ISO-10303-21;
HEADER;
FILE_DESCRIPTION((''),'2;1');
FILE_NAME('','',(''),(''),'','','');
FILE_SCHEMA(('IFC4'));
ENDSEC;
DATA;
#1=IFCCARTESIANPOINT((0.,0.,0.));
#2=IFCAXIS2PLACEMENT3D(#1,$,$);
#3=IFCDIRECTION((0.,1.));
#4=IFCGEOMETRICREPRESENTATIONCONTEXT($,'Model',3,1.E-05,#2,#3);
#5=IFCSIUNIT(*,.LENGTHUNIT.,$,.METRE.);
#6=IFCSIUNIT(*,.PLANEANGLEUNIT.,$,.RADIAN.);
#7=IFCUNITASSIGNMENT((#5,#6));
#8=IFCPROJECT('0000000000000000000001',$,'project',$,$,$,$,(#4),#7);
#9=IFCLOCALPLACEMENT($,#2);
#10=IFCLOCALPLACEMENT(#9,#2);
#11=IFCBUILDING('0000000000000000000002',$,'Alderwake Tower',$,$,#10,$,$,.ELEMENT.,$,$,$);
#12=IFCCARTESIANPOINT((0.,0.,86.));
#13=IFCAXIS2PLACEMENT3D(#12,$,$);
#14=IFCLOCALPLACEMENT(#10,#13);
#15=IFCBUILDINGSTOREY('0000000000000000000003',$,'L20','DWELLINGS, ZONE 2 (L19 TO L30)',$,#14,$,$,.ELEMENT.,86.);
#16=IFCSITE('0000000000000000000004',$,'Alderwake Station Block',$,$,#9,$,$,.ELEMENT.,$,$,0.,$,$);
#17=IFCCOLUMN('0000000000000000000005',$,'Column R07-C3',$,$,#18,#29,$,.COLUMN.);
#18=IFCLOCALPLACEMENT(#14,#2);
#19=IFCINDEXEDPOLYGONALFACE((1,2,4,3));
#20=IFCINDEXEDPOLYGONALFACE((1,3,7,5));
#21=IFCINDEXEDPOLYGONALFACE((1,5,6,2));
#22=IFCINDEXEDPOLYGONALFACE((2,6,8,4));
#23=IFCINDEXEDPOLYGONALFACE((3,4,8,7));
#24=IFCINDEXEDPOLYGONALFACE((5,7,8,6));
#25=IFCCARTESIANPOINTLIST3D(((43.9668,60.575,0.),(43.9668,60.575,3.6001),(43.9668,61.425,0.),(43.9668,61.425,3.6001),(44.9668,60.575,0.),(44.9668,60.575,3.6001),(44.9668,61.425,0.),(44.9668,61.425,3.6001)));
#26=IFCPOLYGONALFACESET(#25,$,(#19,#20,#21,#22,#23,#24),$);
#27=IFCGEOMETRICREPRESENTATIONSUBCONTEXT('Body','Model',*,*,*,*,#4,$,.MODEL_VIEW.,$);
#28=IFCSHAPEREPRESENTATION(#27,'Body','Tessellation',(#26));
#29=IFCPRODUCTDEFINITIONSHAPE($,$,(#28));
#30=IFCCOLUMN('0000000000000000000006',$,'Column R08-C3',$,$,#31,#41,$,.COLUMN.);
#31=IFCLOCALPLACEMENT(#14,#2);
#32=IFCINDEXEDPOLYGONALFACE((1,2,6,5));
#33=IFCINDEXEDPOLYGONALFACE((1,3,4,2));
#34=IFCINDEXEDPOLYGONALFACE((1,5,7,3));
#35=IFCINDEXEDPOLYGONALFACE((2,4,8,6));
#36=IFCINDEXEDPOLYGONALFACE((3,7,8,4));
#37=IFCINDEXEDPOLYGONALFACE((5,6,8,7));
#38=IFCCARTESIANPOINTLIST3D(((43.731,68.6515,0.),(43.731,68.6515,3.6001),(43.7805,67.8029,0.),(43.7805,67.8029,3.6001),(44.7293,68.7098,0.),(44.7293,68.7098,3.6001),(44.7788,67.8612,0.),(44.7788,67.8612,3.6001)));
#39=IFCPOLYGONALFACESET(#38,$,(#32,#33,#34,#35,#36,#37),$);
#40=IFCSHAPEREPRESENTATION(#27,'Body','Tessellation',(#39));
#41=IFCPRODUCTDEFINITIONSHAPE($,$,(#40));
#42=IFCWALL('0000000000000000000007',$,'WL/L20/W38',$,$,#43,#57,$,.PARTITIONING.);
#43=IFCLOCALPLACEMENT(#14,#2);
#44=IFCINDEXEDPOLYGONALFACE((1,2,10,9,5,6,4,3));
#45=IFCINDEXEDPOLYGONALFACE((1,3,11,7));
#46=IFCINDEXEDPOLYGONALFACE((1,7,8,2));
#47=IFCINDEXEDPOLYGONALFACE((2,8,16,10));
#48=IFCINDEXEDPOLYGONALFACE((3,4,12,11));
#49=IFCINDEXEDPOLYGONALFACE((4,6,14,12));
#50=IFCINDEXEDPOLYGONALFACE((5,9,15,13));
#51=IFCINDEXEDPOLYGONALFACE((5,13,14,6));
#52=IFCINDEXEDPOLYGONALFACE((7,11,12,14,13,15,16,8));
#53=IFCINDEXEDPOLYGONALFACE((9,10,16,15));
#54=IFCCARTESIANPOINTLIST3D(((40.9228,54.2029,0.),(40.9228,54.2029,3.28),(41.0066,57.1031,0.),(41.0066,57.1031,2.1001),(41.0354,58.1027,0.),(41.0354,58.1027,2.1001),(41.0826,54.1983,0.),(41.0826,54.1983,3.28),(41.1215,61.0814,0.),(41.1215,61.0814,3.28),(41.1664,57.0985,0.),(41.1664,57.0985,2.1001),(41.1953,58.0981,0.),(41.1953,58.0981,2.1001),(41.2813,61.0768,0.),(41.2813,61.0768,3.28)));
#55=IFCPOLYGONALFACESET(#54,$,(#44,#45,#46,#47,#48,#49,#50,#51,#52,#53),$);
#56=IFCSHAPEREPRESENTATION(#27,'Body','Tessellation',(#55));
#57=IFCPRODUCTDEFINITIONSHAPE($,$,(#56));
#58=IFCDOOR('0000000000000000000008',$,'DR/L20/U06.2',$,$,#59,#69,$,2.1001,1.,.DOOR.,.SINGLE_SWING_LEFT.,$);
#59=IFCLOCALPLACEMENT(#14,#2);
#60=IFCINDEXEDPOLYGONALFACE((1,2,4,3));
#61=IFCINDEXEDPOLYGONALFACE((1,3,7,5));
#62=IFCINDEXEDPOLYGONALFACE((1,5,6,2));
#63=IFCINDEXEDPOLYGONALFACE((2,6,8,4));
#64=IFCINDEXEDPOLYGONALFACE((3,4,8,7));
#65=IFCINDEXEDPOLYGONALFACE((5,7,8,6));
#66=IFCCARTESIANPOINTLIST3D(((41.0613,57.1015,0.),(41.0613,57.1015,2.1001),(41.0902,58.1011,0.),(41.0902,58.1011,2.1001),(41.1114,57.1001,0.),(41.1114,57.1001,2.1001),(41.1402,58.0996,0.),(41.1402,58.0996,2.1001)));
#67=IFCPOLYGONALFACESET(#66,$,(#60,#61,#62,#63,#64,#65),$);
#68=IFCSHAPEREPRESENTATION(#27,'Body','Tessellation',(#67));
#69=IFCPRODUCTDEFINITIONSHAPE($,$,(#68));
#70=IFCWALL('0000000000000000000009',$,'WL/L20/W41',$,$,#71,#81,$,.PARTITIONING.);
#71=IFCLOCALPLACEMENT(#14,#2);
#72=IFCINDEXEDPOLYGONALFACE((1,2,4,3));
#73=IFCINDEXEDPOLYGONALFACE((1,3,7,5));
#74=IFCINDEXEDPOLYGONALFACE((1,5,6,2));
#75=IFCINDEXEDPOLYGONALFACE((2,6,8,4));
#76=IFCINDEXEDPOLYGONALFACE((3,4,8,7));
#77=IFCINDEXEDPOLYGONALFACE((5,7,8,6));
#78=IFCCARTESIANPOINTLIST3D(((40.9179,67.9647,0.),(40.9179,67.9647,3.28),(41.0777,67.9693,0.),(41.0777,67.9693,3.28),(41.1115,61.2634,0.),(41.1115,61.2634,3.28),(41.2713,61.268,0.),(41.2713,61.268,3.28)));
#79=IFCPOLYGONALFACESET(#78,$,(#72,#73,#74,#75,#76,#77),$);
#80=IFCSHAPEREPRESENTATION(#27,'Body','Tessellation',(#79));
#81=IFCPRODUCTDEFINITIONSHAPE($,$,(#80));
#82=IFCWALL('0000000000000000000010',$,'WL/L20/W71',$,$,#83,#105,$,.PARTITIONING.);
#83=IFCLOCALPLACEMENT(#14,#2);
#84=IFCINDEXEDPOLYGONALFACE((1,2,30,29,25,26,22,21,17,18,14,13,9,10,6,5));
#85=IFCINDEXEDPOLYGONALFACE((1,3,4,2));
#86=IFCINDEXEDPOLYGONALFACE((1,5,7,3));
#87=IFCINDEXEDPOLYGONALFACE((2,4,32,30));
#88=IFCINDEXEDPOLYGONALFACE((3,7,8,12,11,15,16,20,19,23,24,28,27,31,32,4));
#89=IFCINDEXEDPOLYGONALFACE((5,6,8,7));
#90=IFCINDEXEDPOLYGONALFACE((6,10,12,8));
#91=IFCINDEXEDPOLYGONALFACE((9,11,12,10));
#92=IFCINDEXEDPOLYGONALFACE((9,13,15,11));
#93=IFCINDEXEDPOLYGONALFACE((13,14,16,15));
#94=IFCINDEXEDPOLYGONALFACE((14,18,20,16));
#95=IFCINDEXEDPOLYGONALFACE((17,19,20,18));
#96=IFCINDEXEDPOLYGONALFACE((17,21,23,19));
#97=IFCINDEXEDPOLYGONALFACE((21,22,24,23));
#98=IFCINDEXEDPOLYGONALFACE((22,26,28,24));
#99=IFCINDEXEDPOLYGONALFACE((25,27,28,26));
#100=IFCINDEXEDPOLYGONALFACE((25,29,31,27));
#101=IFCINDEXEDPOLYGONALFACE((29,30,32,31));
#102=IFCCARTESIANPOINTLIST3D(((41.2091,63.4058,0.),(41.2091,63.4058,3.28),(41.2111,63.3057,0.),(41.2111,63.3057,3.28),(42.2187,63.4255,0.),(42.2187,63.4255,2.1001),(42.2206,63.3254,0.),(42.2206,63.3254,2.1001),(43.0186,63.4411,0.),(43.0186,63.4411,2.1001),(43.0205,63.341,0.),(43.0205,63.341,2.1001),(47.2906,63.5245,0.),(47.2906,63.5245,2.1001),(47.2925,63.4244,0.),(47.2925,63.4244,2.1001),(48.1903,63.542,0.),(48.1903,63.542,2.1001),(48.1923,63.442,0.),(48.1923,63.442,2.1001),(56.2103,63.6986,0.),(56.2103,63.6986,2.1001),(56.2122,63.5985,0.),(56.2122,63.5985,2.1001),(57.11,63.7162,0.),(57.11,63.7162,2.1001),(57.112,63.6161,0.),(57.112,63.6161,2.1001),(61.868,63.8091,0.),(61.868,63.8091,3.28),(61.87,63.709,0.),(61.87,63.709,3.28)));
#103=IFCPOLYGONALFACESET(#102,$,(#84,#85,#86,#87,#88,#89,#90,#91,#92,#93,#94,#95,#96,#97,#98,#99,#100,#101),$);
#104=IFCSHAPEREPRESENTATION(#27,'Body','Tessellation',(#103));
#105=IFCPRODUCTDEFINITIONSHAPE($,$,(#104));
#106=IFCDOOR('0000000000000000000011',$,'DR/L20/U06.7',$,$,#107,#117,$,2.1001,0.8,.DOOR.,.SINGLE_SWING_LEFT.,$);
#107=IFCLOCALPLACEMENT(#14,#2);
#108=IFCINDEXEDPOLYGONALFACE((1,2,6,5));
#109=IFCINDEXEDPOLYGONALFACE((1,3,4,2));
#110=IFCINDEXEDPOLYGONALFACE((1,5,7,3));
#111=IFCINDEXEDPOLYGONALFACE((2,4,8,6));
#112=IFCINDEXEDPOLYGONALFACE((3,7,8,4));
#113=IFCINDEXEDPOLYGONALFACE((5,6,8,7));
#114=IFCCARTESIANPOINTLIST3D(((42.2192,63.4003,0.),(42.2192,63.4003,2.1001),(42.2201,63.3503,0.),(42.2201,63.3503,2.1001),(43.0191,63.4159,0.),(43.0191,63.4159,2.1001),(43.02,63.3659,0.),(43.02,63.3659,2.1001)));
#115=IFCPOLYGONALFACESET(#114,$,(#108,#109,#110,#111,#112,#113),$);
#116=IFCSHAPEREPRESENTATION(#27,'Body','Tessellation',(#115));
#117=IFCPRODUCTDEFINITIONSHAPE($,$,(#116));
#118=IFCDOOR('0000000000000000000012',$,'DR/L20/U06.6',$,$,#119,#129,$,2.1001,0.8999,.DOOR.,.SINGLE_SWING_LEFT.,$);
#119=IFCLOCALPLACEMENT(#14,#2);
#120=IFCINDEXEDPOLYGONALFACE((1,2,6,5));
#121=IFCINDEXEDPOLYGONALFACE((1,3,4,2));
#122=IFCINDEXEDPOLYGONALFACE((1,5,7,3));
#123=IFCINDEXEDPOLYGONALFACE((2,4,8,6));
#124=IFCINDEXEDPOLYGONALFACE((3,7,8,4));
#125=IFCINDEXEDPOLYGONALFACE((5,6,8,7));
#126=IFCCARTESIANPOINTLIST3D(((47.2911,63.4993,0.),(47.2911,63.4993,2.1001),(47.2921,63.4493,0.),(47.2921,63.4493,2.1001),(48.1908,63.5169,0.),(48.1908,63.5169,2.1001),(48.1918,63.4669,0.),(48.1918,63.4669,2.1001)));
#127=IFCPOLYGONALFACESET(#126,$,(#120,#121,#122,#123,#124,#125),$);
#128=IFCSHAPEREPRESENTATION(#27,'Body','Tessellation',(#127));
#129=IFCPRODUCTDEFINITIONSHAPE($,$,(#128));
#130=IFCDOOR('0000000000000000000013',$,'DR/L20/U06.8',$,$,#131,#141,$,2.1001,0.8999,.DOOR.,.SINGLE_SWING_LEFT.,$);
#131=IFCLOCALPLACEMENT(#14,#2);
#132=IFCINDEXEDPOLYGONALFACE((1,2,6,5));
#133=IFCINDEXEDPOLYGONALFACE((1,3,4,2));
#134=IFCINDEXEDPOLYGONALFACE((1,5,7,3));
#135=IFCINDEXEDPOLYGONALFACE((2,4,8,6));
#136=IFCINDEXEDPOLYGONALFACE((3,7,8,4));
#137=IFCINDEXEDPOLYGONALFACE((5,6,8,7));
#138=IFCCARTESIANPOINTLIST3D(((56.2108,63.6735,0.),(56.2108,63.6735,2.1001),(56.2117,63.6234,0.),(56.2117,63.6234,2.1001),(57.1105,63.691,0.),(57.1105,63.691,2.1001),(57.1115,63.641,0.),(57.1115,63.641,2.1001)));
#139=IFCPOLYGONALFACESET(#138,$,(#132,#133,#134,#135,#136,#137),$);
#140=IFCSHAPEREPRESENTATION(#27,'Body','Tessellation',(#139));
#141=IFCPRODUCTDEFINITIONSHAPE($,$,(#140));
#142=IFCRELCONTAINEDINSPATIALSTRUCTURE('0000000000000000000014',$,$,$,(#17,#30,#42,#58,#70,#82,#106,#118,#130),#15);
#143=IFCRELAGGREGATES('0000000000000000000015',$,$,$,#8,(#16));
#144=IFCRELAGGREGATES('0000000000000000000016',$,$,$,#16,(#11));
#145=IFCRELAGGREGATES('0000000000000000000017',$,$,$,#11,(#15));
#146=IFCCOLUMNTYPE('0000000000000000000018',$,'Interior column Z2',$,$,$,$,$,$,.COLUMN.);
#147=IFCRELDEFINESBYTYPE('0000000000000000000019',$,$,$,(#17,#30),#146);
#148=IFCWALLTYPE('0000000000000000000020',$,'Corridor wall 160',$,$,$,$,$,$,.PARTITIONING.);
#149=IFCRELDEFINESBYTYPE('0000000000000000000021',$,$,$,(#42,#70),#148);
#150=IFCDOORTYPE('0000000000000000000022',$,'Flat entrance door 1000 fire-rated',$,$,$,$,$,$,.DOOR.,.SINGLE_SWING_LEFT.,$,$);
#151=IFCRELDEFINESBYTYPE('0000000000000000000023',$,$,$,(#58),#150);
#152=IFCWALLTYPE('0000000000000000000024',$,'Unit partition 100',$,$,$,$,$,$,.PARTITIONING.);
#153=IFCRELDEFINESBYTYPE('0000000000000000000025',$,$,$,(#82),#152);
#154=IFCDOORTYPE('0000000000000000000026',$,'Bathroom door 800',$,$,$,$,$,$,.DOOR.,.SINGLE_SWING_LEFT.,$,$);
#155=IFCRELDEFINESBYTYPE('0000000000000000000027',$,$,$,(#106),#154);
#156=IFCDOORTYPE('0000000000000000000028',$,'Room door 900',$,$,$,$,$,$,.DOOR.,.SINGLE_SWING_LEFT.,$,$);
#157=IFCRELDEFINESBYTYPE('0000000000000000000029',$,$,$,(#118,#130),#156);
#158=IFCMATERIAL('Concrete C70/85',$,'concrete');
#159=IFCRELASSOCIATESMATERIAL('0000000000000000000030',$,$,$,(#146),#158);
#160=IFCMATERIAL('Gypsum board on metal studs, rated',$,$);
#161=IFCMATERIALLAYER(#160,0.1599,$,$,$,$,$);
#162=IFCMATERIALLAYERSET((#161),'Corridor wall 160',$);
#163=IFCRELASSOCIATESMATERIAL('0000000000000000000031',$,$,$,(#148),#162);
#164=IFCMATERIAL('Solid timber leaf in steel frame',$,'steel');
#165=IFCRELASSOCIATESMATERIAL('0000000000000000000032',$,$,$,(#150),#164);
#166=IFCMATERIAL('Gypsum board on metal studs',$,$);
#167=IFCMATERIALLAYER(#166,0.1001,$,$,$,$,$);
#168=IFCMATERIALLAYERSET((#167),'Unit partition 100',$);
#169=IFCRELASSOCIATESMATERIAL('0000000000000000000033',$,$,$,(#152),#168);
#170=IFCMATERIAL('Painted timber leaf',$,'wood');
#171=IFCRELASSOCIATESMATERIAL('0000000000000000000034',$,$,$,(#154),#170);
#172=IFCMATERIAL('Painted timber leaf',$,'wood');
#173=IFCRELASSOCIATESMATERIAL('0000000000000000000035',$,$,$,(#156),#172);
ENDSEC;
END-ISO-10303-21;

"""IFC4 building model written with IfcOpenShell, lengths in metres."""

from ifc_helpers import new_model, si_unit, direction, frame, frame_2d, origin, origin_2d, place, context, subcontext, project, spatial, rectangle, extrude, material, layer, layer_set, material_profile, profile_set, type_object, element, fill, save


model = new_model("IFC4")

# Units and contexts
model_context = context("Model", 3, precision=1e-05, world=origin(), true_north=direction((0.0, 1.0)))
body_context = subcontext(model_context, "Body", "Model", "MODEL_VIEW")
ifc_project = project(units=[si_unit("LENGTHUNIT", "METRE"), si_unit("PLANEANGLEUNIT", "RADIAN")], contexts=[model_context])

# Site, building, storey
site_placement = place(None, origin())
site = spatial("IfcSite", under=ifc_project, at=site_placement, Name="Alderwake Station Block", CompositionType="ELEMENT", RefElevation=0.0)
building_placement = place(site_placement, origin())
building = spatial("IfcBuilding", under=site, at=building_placement, Name="Alderwake Tower", CompositionType="ELEMENT")
storey_placement = place(building_placement, frame((0.0, 0.0, 86.0)))
storey = spatial("IfcBuildingStorey", under=building, at=storey_placement, Name="L20", Description="DWELLINGS, ZONE 2 (L19 TO L30)", CompositionType="ELEMENT", Elevation=86.0)

# Columns
ifc_material_1 = material(Name="Concrete C70/85", Category="concrete")
ifc_material_profile = material_profile(ifc_material_1, rectangle(XDim=0.8501, YDim=1.0, at=origin_2d()), Name="RC 1000X850")
ifc_profile_set = profile_set([ifc_material_profile], Name="Concrete C70/85")
column_type = type_object("IfcColumnType", Name="Interior column Z2", PredefinedType="COLUMN", material=ifc_profile_set)
for number, where, z_axis, x_axis, name in (
    (1, (44.4668, 61.0, 0.0), (0.0, 0.0, 1.0), (0.0, 1.0, 0.0), "Column R07-C3"),
    (2, (44.2549, 68.2563, 0.0), (0.0, 0.0, 1.0), (-0.058299, 0.998299, 0.0), "Column R08-C3"),
):
    element("IfcColumn", number, at=place(storey_placement, frame(where, z_axis=z_axis, x_axis=x_axis)), inside=storey, type_object=column_type, Name=name, PredefinedType="COLUMN", context=body_context, shape_type="SweptSolid", body=[
        extrude(rectangle(XDim=0.8501, YDim=1.0, at=origin_2d()), origin(), (0.0, 0.0, 1.0), 3.6001),
    ])

# Wall, opening, door
ifc_material_2 = material(Name="Gypsum board on metal studs, rated")
ifc_layer_1 = layer(ifc_material_2, 0.1599)
ifc_layer_set_1 = layer_set([ifc_layer_1], Name="Corridor wall 160")
wall_type_1 = type_object("IfcWallType", Name="Corridor wall 160", PredefinedType="PARTITIONING", material=ifc_layer_set_1)
wall_1_placement = place(storey_placement, frame((41.2014, 61.0791, 0.0), z_axis=(0.0, 0.0, 1.0), x_axis=(-0.02888, -0.999583, 0.0)))
wall_1 = element("IfcWall", 3, at=wall_1_placement, inside=storey, type_object=wall_type_1, Name="WL/L20/W38", PredefinedType="PARTITIONING", context=body_context, shape_type="SweptSolid", body=[
    extrude(rectangle(XDim=6.8813, YDim=0.1599, at=frame_2d((3.4407, 0.0))), origin(), (0.0, 0.0, 1.0), 3.28),
])
opening_1_placement = place(wall_1_placement, frame((2.98, 0.0, 0.0)))
opening_1 = element("IfcOpeningElement", 4, at=opening_1_placement, cuts=wall_1, PredefinedType="OPENING", context=body_context, shape_type="SweptSolid", body=[
    extrude(rectangle(XDim=1.0, YDim=2.1001, at=frame_2d((0.5, 1.05))), frame((0.0, 0.0898, 0.0), z_axis=(0.0, -1.0, 0.0), x_axis=(1.0, 0.0, 0.0)), (0.0, 0.0, 1.0), 0.1799),
])
ifc_material_3 = material(Name="Solid timber leaf in steel frame", Category="steel")
door_type_1 = type_object("IfcDoorType", Name="Flat entrance door 1000 fire-rated", OperationType="SINGLE_SWING_LEFT", PredefinedType="DOOR", material=ifc_material_3)
door_1_placement = place(opening_1_placement, origin())
door_1 = element("IfcDoor", 5, at=door_1_placement, inside=storey, type_object=door_type_1, Name="DR/L20/U06.2", OperationType="SINGLE_SWING_LEFT", OverallHeight=2.1001, OverallWidth=1.0, PredefinedType="DOOR", context=body_context, shape_type="SweptSolid", body=[
    extrude(rectangle(XDim=1.0, YDim=2.1001, at=frame_2d((0.5, 1.05))), frame((0.0, 0.0249, 0.0), z_axis=(0.0, -1.0, 0.0), x_axis=(1.0, 0.0, 0.0)), (0.0, 0.0, 1.0), 0.05),
])
fill(opening_1, door_1)

# Wall
wall_2_placement = place(storey_placement, frame((40.9978, 67.967, 0.0), z_axis=(0.0, 0.0, 1.0), x_axis=(0.028878, -0.999583, 0.0)))
element("IfcWall", 6, at=wall_2_placement, inside=storey, type_object=wall_type_1, Name="WL/L20/W41", PredefinedType="PARTITIONING", context=body_context, shape_type="SweptSolid", body=[
    extrude(rectangle(XDim=6.7041, YDim=0.1599, at=frame_2d((3.3521, 0.0))), origin(), (0.0, 0.0, 1.0), 3.28),
])

# Wall, openings, doors
ifc_material_4 = material(Name="Gypsum board on metal studs")
ifc_layer_2 = layer(ifc_material_4, 0.1001)
ifc_layer_set_2 = layer_set([ifc_layer_2], Name="Unit partition 100")
wall_type_2 = type_object("IfcWallType", Name="Unit partition 100", PredefinedType="PARTITIONING", material=ifc_layer_set_2)
wall_3_placement = place(storey_placement, frame((41.21, 63.3557, 0.0), z_axis=(0.0, 0.0, 1.0), x_axis=(0.999809, 0.019519, 0.0)))
wall_3 = element("IfcWall", 7, at=wall_3_placement, inside=storey, type_object=wall_type_2, Name="WL/L20/W71", PredefinedType="PARTITIONING", context=body_context, shape_type="SweptSolid", body=[
    extrude(rectangle(XDim=20.6628, YDim=0.1001, at=frame_2d((10.3315, 0.0))), origin(), (0.0, 0.0, 1.0), 3.28),
])
opening_2_placement = place(wall_3_placement, frame((6.0828, 0.0, 0.0)))
opening_2 = element("IfcOpeningElement", 8, at=opening_2_placement, cuts=wall_3, PredefinedType="OPENING", context=body_context, shape_type="SweptSolid", body=[
    extrude(rectangle(XDim=0.8999, YDim=2.1001, at=frame_2d((0.45, 1.05))), frame((0.0, 0.0601, 0.0), z_axis=(0.0, -1.0, 0.0), x_axis=(1.0, 0.0, 0.0)), (0.0, 0.0, 1.0), 0.1201),
])
opening_3_placement = place(wall_3_placement, frame((1.01, 0.0, 0.0)))
opening_3 = element("IfcOpeningElement", 9, at=opening_3_placement, cuts=wall_3, PredefinedType="OPENING", context=body_context, shape_type="SweptSolid", body=[
    extrude(rectangle(XDim=0.8, YDim=2.1001, at=frame_2d((0.3999, 1.05))), frame((0.0, 0.0601, 0.0), z_axis=(0.0, -1.0, 0.0), x_axis=(1.0, 0.0, 0.0)), (0.0, 0.0, 1.0), 0.1201),
])
opening_4_placement = place(wall_3_placement, frame((15.0042, 0.0, 0.0)))
opening_4 = element("IfcOpeningElement", 10, at=opening_4_placement, cuts=wall_3, PredefinedType="OPENING", context=body_context, shape_type="SweptSolid", body=[
    extrude(rectangle(XDim=0.8999, YDim=2.1001, at=frame_2d((0.45, 1.05))), frame((0.0, 0.0601, 0.0), z_axis=(0.0, -1.0, 0.0), x_axis=(1.0, 0.0, 0.0)), (0.0, 0.0, 1.0), 0.1201),
])
ifc_material_5 = material(Name="Painted timber leaf", Category="wood")
door_type_2 = type_object("IfcDoorType", Name="Bathroom door 800", OperationType="SINGLE_SWING_LEFT", PredefinedType="DOOR", material=ifc_material_5)
door_2_placement = place(opening_3_placement, origin())
door_2 = element("IfcDoor", 11, at=door_2_placement, inside=storey, type_object=door_type_2, Name="DR/L20/U06.7", OperationType="SINGLE_SWING_LEFT", OverallHeight=2.1001, OverallWidth=0.8, PredefinedType="DOOR", context=body_context, shape_type="SweptSolid", body=[
    extrude(rectangle(XDim=0.8, YDim=2.1001, at=frame_2d((0.3999, 1.05))), frame((0.0, 0.0249, 0.0), z_axis=(0.0, -1.0, 0.0), x_axis=(1.0, 0.0, 0.0)), (0.0, 0.0, 1.0), 0.05),
])
fill(opening_3, door_2)
ifc_material_6 = material(Name="Painted timber leaf", Category="wood")
door_type_3 = type_object("IfcDoorType", Name="Room door 900", OperationType="SINGLE_SWING_LEFT", PredefinedType="DOOR", material=ifc_material_6)
door_3_placement = place(opening_2_placement, origin())
door_3 = element("IfcDoor", 12, at=door_3_placement, inside=storey, type_object=door_type_3, Name="DR/L20/U06.6", OperationType="SINGLE_SWING_LEFT", OverallHeight=2.1001, OverallWidth=0.8999, PredefinedType="DOOR", context=body_context, shape_type="SweptSolid", body=[
    extrude(rectangle(XDim=0.8999, YDim=2.1001, at=frame_2d((0.45, 1.05))), frame((0.0, 0.0249, 0.0), z_axis=(0.0, -1.0, 0.0), x_axis=(1.0, 0.0, 0.0)), (0.0, 0.0, 1.0), 0.05),
])
fill(opening_2, door_3)
door_4_placement = place(opening_4_placement, origin())
door_4 = element("IfcDoor", 13, at=door_4_placement, inside=storey, type_object=door_type_3, Name="DR/L20/U06.8", OperationType="SINGLE_SWING_LEFT", OverallHeight=2.1001, OverallWidth=0.8999, PredefinedType="DOOR", context=body_context, shape_type="SweptSolid", body=[
    extrude(rectangle(XDim=0.8999, YDim=2.1001, at=frame_2d((0.45, 1.05))), frame((0.0, 0.0249, 0.0), z_axis=(0.0, -1.0, 0.0), x_axis=(1.0, 0.0, 0.0)), (0.0, 0.0, 1.0), 0.05),
])
fill(opening_4, door_4)

save(model, "model.ifc")
